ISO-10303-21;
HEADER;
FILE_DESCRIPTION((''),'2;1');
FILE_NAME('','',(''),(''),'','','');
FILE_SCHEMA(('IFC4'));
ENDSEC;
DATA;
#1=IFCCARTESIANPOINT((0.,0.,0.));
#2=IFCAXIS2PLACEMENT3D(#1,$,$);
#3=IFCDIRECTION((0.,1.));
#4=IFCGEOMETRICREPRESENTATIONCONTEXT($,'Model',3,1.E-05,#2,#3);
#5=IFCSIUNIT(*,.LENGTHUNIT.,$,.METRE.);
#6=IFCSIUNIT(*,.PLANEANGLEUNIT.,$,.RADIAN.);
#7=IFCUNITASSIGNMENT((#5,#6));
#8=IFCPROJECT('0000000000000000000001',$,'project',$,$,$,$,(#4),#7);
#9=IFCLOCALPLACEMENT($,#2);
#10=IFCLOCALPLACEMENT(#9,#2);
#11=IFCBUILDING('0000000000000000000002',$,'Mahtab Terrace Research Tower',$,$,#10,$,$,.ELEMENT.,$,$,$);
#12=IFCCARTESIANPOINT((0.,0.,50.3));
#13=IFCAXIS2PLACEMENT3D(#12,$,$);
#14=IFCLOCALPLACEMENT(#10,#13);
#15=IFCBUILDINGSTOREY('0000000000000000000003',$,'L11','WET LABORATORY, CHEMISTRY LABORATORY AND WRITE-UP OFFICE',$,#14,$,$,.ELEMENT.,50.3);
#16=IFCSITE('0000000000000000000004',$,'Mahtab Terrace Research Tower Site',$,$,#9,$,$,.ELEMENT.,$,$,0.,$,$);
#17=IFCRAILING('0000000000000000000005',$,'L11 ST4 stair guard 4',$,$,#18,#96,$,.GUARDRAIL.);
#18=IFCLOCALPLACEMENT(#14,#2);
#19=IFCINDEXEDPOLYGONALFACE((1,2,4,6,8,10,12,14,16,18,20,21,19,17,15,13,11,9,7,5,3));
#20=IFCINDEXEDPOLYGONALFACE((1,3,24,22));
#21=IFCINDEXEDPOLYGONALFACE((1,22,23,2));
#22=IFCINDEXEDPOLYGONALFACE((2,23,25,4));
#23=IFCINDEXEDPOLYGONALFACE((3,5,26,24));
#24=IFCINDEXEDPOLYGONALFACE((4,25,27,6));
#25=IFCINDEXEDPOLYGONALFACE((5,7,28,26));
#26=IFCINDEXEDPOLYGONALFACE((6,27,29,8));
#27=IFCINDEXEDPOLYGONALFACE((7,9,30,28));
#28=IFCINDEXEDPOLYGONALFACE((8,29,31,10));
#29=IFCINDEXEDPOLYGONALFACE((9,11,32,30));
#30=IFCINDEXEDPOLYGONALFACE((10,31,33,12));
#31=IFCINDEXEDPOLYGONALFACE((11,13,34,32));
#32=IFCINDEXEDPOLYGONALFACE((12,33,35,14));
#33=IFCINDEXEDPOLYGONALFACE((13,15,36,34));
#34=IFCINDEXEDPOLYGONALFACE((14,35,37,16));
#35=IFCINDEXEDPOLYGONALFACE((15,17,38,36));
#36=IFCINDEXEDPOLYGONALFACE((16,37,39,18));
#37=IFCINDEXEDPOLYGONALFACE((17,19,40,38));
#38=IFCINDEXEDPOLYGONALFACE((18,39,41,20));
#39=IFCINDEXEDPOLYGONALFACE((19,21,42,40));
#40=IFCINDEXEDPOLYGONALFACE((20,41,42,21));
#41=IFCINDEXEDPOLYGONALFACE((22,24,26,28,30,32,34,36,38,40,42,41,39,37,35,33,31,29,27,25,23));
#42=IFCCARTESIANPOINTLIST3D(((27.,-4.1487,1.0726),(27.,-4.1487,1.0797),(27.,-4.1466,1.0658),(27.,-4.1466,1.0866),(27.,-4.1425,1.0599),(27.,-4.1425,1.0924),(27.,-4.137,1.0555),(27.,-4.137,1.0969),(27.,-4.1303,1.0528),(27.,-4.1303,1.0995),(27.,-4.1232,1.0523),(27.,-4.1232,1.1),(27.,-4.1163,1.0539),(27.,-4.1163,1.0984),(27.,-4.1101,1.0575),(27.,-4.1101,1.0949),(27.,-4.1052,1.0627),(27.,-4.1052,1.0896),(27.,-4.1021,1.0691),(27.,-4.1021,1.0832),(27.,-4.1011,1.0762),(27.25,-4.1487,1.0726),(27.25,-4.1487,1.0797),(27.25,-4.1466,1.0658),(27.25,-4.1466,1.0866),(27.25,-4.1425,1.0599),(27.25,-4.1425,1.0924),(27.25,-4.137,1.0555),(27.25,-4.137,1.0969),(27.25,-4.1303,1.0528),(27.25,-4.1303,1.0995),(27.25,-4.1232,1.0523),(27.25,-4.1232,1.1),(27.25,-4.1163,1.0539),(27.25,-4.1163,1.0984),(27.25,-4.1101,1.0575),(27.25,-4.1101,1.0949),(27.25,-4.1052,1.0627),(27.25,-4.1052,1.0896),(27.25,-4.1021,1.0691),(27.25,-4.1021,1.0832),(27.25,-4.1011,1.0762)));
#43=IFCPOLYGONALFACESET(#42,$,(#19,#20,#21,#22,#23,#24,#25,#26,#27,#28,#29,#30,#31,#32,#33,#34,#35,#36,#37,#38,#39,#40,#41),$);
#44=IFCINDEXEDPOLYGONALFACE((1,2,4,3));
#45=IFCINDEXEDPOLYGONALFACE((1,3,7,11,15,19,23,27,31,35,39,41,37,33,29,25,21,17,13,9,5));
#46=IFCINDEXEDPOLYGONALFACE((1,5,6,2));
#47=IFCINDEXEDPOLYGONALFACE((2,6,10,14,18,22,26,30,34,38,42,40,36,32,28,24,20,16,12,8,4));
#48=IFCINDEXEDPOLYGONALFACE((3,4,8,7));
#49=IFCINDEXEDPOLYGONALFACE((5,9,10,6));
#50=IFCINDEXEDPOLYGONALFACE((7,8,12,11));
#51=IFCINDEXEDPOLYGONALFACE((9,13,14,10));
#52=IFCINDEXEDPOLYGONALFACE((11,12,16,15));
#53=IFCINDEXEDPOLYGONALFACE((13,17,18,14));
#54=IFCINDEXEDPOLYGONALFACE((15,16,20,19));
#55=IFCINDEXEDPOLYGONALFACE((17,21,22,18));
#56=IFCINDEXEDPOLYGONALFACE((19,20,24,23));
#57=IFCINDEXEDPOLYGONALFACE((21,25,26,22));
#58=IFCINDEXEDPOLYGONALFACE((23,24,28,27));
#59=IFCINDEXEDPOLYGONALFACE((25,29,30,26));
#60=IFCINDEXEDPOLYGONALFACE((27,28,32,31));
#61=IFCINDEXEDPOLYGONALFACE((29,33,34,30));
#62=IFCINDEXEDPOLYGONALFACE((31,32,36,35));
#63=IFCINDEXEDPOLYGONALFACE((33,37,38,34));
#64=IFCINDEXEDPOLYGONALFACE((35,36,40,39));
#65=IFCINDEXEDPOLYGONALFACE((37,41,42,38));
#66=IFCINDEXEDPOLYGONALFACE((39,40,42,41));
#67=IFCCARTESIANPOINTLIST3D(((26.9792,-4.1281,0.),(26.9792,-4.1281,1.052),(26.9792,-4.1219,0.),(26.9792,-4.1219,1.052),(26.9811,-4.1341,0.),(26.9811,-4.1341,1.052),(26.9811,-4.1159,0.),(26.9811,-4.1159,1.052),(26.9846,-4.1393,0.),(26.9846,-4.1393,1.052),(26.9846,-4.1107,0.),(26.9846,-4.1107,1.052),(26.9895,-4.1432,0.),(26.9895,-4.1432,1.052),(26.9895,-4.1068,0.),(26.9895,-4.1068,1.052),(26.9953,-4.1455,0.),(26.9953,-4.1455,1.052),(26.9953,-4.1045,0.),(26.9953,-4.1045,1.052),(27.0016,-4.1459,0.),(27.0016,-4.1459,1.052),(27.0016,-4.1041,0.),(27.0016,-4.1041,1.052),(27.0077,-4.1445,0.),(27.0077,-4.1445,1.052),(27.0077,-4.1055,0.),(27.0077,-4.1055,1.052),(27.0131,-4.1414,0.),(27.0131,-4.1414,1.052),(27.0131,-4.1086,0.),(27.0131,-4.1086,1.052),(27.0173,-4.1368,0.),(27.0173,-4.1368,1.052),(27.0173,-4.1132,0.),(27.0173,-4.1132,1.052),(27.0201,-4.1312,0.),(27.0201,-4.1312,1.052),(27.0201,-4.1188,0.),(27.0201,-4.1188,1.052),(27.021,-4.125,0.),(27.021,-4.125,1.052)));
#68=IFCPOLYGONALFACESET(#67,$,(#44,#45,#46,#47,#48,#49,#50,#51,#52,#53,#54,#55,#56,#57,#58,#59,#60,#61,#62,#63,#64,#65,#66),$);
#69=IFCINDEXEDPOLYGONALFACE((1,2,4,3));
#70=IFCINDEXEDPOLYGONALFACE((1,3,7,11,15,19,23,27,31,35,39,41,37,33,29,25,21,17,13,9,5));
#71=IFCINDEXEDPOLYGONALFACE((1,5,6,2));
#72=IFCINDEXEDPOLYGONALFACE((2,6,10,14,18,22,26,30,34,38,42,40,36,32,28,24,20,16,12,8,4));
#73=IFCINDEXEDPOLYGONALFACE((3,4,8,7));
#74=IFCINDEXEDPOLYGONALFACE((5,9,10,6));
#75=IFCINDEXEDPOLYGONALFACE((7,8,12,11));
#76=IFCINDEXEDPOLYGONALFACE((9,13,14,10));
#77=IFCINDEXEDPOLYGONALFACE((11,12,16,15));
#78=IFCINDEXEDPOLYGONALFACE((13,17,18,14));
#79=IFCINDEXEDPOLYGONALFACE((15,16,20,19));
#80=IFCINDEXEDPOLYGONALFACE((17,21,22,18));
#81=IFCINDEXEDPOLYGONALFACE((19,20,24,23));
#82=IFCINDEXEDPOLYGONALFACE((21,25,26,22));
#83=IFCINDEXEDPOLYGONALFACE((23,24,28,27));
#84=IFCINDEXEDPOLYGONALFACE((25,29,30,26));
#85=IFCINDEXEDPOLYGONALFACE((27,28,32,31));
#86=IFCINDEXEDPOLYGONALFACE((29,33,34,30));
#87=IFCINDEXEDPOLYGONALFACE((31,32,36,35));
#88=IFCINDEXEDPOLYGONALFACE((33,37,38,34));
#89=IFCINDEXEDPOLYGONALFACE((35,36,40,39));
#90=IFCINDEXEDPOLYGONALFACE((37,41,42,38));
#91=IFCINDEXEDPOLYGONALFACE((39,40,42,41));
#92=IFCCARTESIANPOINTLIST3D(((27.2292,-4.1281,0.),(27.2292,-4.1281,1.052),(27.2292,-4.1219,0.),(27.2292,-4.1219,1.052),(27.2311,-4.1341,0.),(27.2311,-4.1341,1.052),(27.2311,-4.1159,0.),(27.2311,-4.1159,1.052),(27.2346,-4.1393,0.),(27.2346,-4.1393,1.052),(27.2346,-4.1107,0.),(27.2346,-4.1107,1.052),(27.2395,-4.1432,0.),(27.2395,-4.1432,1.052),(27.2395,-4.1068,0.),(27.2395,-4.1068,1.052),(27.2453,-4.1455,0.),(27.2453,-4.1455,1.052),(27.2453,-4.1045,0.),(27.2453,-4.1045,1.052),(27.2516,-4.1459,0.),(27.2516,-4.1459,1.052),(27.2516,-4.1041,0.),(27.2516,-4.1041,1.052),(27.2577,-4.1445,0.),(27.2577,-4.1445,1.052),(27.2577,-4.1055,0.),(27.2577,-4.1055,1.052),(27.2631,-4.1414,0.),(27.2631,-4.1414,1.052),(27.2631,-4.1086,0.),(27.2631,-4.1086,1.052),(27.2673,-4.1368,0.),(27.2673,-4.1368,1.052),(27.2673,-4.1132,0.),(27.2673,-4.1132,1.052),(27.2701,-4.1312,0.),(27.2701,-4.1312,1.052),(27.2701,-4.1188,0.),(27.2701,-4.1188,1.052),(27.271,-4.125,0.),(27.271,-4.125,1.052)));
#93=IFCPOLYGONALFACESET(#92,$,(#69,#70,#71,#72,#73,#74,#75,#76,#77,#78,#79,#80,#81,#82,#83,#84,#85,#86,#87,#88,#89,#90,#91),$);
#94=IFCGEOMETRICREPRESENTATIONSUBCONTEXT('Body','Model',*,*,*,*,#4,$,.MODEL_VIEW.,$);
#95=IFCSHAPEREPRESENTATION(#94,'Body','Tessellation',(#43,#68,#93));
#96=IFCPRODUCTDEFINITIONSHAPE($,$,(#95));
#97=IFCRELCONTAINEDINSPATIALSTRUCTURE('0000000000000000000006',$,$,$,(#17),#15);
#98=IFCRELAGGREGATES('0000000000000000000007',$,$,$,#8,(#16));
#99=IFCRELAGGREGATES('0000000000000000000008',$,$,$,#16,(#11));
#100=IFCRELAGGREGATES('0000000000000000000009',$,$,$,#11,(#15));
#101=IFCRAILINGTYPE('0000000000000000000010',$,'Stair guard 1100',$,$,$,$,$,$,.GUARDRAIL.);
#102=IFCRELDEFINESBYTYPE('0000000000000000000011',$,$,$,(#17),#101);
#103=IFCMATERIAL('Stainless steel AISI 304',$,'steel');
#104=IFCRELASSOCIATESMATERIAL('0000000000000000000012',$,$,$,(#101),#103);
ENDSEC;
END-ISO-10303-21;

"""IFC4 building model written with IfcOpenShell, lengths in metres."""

from ifc_helpers import new_model, si_unit, direction, frame, origin, origin_2d, place, context, subcontext, project, spatial, circle, extrude, material, type_object, element, save


model = new_model("IFC4")

# Units and contexts
model_context = context("Model", 3, precision=1e-05, world=origin(), true_north=direction((0.0, 1.0)))
body_context = subcontext(model_context, "Body", "Model", "MODEL_VIEW")
ifc_project = project(units=[si_unit("LENGTHUNIT", "METRE"), si_unit("PLANEANGLEUNIT", "RADIAN")], contexts=[model_context])

# Site, building, storey
site_placement = place(None, origin())
site = spatial("IfcSite", under=ifc_project, at=site_placement, Name="Mahtab Terrace Research Tower Site", CompositionType="ELEMENT", RefElevation=0.0)
building_placement = place(site_placement, origin())
building = spatial("IfcBuilding", under=site, at=building_placement, Name="Mahtab Terrace Research Tower", CompositionType="ELEMENT")
storey_placement = place(building_placement, frame((0.0, 0.0, 50.3)))
storey = spatial("IfcBuildingStorey", under=building, at=storey_placement, Name="L11", Description="WET LABORATORY, CHEMISTRY LABORATORY AND WRITE-UP OFFICE", CompositionType="ELEMENT", Elevation=50.3)

# Railing
ifc_material_1 = material(Name="Stainless steel AISI 304", Category="steel")
railing_type_1 = type_object("IfcRailingType", Name="Stair guard 1100", PredefinedType="GUARDRAIL", material=ifc_material_1)
railing_1_placement = place(storey_placement, frame((27.0, -4.125, 0.0)))
element("IfcRailing", 1, at=railing_1_placement, inside=storey, type_object=railing_type_1, Name="L11 ST4 stair guard 4", PredefinedType="GUARDRAIL", context=body_context, shape_type="SweptSolid", body=[
    extrude(circle(Radius=0.0239, at=origin_2d()), frame((0.0, 0.0, 1.0762), z_axis=(1.0, 0.0, 0.0), x_axis=(0.0, 1.0, 0.0)), (0.0, 0.0, 1.0), 0.25),
    extrude(circle(Radius=0.021, at=origin_2d()), origin(), (0.0, 0.0, 1.0), 1.052),
    extrude(circle(Radius=0.021, at=origin_2d()), frame((0.25, 0.0, 0.0)), (0.0, 0.0, 1.0), 1.052),
])

save(model, "model.ifc")
